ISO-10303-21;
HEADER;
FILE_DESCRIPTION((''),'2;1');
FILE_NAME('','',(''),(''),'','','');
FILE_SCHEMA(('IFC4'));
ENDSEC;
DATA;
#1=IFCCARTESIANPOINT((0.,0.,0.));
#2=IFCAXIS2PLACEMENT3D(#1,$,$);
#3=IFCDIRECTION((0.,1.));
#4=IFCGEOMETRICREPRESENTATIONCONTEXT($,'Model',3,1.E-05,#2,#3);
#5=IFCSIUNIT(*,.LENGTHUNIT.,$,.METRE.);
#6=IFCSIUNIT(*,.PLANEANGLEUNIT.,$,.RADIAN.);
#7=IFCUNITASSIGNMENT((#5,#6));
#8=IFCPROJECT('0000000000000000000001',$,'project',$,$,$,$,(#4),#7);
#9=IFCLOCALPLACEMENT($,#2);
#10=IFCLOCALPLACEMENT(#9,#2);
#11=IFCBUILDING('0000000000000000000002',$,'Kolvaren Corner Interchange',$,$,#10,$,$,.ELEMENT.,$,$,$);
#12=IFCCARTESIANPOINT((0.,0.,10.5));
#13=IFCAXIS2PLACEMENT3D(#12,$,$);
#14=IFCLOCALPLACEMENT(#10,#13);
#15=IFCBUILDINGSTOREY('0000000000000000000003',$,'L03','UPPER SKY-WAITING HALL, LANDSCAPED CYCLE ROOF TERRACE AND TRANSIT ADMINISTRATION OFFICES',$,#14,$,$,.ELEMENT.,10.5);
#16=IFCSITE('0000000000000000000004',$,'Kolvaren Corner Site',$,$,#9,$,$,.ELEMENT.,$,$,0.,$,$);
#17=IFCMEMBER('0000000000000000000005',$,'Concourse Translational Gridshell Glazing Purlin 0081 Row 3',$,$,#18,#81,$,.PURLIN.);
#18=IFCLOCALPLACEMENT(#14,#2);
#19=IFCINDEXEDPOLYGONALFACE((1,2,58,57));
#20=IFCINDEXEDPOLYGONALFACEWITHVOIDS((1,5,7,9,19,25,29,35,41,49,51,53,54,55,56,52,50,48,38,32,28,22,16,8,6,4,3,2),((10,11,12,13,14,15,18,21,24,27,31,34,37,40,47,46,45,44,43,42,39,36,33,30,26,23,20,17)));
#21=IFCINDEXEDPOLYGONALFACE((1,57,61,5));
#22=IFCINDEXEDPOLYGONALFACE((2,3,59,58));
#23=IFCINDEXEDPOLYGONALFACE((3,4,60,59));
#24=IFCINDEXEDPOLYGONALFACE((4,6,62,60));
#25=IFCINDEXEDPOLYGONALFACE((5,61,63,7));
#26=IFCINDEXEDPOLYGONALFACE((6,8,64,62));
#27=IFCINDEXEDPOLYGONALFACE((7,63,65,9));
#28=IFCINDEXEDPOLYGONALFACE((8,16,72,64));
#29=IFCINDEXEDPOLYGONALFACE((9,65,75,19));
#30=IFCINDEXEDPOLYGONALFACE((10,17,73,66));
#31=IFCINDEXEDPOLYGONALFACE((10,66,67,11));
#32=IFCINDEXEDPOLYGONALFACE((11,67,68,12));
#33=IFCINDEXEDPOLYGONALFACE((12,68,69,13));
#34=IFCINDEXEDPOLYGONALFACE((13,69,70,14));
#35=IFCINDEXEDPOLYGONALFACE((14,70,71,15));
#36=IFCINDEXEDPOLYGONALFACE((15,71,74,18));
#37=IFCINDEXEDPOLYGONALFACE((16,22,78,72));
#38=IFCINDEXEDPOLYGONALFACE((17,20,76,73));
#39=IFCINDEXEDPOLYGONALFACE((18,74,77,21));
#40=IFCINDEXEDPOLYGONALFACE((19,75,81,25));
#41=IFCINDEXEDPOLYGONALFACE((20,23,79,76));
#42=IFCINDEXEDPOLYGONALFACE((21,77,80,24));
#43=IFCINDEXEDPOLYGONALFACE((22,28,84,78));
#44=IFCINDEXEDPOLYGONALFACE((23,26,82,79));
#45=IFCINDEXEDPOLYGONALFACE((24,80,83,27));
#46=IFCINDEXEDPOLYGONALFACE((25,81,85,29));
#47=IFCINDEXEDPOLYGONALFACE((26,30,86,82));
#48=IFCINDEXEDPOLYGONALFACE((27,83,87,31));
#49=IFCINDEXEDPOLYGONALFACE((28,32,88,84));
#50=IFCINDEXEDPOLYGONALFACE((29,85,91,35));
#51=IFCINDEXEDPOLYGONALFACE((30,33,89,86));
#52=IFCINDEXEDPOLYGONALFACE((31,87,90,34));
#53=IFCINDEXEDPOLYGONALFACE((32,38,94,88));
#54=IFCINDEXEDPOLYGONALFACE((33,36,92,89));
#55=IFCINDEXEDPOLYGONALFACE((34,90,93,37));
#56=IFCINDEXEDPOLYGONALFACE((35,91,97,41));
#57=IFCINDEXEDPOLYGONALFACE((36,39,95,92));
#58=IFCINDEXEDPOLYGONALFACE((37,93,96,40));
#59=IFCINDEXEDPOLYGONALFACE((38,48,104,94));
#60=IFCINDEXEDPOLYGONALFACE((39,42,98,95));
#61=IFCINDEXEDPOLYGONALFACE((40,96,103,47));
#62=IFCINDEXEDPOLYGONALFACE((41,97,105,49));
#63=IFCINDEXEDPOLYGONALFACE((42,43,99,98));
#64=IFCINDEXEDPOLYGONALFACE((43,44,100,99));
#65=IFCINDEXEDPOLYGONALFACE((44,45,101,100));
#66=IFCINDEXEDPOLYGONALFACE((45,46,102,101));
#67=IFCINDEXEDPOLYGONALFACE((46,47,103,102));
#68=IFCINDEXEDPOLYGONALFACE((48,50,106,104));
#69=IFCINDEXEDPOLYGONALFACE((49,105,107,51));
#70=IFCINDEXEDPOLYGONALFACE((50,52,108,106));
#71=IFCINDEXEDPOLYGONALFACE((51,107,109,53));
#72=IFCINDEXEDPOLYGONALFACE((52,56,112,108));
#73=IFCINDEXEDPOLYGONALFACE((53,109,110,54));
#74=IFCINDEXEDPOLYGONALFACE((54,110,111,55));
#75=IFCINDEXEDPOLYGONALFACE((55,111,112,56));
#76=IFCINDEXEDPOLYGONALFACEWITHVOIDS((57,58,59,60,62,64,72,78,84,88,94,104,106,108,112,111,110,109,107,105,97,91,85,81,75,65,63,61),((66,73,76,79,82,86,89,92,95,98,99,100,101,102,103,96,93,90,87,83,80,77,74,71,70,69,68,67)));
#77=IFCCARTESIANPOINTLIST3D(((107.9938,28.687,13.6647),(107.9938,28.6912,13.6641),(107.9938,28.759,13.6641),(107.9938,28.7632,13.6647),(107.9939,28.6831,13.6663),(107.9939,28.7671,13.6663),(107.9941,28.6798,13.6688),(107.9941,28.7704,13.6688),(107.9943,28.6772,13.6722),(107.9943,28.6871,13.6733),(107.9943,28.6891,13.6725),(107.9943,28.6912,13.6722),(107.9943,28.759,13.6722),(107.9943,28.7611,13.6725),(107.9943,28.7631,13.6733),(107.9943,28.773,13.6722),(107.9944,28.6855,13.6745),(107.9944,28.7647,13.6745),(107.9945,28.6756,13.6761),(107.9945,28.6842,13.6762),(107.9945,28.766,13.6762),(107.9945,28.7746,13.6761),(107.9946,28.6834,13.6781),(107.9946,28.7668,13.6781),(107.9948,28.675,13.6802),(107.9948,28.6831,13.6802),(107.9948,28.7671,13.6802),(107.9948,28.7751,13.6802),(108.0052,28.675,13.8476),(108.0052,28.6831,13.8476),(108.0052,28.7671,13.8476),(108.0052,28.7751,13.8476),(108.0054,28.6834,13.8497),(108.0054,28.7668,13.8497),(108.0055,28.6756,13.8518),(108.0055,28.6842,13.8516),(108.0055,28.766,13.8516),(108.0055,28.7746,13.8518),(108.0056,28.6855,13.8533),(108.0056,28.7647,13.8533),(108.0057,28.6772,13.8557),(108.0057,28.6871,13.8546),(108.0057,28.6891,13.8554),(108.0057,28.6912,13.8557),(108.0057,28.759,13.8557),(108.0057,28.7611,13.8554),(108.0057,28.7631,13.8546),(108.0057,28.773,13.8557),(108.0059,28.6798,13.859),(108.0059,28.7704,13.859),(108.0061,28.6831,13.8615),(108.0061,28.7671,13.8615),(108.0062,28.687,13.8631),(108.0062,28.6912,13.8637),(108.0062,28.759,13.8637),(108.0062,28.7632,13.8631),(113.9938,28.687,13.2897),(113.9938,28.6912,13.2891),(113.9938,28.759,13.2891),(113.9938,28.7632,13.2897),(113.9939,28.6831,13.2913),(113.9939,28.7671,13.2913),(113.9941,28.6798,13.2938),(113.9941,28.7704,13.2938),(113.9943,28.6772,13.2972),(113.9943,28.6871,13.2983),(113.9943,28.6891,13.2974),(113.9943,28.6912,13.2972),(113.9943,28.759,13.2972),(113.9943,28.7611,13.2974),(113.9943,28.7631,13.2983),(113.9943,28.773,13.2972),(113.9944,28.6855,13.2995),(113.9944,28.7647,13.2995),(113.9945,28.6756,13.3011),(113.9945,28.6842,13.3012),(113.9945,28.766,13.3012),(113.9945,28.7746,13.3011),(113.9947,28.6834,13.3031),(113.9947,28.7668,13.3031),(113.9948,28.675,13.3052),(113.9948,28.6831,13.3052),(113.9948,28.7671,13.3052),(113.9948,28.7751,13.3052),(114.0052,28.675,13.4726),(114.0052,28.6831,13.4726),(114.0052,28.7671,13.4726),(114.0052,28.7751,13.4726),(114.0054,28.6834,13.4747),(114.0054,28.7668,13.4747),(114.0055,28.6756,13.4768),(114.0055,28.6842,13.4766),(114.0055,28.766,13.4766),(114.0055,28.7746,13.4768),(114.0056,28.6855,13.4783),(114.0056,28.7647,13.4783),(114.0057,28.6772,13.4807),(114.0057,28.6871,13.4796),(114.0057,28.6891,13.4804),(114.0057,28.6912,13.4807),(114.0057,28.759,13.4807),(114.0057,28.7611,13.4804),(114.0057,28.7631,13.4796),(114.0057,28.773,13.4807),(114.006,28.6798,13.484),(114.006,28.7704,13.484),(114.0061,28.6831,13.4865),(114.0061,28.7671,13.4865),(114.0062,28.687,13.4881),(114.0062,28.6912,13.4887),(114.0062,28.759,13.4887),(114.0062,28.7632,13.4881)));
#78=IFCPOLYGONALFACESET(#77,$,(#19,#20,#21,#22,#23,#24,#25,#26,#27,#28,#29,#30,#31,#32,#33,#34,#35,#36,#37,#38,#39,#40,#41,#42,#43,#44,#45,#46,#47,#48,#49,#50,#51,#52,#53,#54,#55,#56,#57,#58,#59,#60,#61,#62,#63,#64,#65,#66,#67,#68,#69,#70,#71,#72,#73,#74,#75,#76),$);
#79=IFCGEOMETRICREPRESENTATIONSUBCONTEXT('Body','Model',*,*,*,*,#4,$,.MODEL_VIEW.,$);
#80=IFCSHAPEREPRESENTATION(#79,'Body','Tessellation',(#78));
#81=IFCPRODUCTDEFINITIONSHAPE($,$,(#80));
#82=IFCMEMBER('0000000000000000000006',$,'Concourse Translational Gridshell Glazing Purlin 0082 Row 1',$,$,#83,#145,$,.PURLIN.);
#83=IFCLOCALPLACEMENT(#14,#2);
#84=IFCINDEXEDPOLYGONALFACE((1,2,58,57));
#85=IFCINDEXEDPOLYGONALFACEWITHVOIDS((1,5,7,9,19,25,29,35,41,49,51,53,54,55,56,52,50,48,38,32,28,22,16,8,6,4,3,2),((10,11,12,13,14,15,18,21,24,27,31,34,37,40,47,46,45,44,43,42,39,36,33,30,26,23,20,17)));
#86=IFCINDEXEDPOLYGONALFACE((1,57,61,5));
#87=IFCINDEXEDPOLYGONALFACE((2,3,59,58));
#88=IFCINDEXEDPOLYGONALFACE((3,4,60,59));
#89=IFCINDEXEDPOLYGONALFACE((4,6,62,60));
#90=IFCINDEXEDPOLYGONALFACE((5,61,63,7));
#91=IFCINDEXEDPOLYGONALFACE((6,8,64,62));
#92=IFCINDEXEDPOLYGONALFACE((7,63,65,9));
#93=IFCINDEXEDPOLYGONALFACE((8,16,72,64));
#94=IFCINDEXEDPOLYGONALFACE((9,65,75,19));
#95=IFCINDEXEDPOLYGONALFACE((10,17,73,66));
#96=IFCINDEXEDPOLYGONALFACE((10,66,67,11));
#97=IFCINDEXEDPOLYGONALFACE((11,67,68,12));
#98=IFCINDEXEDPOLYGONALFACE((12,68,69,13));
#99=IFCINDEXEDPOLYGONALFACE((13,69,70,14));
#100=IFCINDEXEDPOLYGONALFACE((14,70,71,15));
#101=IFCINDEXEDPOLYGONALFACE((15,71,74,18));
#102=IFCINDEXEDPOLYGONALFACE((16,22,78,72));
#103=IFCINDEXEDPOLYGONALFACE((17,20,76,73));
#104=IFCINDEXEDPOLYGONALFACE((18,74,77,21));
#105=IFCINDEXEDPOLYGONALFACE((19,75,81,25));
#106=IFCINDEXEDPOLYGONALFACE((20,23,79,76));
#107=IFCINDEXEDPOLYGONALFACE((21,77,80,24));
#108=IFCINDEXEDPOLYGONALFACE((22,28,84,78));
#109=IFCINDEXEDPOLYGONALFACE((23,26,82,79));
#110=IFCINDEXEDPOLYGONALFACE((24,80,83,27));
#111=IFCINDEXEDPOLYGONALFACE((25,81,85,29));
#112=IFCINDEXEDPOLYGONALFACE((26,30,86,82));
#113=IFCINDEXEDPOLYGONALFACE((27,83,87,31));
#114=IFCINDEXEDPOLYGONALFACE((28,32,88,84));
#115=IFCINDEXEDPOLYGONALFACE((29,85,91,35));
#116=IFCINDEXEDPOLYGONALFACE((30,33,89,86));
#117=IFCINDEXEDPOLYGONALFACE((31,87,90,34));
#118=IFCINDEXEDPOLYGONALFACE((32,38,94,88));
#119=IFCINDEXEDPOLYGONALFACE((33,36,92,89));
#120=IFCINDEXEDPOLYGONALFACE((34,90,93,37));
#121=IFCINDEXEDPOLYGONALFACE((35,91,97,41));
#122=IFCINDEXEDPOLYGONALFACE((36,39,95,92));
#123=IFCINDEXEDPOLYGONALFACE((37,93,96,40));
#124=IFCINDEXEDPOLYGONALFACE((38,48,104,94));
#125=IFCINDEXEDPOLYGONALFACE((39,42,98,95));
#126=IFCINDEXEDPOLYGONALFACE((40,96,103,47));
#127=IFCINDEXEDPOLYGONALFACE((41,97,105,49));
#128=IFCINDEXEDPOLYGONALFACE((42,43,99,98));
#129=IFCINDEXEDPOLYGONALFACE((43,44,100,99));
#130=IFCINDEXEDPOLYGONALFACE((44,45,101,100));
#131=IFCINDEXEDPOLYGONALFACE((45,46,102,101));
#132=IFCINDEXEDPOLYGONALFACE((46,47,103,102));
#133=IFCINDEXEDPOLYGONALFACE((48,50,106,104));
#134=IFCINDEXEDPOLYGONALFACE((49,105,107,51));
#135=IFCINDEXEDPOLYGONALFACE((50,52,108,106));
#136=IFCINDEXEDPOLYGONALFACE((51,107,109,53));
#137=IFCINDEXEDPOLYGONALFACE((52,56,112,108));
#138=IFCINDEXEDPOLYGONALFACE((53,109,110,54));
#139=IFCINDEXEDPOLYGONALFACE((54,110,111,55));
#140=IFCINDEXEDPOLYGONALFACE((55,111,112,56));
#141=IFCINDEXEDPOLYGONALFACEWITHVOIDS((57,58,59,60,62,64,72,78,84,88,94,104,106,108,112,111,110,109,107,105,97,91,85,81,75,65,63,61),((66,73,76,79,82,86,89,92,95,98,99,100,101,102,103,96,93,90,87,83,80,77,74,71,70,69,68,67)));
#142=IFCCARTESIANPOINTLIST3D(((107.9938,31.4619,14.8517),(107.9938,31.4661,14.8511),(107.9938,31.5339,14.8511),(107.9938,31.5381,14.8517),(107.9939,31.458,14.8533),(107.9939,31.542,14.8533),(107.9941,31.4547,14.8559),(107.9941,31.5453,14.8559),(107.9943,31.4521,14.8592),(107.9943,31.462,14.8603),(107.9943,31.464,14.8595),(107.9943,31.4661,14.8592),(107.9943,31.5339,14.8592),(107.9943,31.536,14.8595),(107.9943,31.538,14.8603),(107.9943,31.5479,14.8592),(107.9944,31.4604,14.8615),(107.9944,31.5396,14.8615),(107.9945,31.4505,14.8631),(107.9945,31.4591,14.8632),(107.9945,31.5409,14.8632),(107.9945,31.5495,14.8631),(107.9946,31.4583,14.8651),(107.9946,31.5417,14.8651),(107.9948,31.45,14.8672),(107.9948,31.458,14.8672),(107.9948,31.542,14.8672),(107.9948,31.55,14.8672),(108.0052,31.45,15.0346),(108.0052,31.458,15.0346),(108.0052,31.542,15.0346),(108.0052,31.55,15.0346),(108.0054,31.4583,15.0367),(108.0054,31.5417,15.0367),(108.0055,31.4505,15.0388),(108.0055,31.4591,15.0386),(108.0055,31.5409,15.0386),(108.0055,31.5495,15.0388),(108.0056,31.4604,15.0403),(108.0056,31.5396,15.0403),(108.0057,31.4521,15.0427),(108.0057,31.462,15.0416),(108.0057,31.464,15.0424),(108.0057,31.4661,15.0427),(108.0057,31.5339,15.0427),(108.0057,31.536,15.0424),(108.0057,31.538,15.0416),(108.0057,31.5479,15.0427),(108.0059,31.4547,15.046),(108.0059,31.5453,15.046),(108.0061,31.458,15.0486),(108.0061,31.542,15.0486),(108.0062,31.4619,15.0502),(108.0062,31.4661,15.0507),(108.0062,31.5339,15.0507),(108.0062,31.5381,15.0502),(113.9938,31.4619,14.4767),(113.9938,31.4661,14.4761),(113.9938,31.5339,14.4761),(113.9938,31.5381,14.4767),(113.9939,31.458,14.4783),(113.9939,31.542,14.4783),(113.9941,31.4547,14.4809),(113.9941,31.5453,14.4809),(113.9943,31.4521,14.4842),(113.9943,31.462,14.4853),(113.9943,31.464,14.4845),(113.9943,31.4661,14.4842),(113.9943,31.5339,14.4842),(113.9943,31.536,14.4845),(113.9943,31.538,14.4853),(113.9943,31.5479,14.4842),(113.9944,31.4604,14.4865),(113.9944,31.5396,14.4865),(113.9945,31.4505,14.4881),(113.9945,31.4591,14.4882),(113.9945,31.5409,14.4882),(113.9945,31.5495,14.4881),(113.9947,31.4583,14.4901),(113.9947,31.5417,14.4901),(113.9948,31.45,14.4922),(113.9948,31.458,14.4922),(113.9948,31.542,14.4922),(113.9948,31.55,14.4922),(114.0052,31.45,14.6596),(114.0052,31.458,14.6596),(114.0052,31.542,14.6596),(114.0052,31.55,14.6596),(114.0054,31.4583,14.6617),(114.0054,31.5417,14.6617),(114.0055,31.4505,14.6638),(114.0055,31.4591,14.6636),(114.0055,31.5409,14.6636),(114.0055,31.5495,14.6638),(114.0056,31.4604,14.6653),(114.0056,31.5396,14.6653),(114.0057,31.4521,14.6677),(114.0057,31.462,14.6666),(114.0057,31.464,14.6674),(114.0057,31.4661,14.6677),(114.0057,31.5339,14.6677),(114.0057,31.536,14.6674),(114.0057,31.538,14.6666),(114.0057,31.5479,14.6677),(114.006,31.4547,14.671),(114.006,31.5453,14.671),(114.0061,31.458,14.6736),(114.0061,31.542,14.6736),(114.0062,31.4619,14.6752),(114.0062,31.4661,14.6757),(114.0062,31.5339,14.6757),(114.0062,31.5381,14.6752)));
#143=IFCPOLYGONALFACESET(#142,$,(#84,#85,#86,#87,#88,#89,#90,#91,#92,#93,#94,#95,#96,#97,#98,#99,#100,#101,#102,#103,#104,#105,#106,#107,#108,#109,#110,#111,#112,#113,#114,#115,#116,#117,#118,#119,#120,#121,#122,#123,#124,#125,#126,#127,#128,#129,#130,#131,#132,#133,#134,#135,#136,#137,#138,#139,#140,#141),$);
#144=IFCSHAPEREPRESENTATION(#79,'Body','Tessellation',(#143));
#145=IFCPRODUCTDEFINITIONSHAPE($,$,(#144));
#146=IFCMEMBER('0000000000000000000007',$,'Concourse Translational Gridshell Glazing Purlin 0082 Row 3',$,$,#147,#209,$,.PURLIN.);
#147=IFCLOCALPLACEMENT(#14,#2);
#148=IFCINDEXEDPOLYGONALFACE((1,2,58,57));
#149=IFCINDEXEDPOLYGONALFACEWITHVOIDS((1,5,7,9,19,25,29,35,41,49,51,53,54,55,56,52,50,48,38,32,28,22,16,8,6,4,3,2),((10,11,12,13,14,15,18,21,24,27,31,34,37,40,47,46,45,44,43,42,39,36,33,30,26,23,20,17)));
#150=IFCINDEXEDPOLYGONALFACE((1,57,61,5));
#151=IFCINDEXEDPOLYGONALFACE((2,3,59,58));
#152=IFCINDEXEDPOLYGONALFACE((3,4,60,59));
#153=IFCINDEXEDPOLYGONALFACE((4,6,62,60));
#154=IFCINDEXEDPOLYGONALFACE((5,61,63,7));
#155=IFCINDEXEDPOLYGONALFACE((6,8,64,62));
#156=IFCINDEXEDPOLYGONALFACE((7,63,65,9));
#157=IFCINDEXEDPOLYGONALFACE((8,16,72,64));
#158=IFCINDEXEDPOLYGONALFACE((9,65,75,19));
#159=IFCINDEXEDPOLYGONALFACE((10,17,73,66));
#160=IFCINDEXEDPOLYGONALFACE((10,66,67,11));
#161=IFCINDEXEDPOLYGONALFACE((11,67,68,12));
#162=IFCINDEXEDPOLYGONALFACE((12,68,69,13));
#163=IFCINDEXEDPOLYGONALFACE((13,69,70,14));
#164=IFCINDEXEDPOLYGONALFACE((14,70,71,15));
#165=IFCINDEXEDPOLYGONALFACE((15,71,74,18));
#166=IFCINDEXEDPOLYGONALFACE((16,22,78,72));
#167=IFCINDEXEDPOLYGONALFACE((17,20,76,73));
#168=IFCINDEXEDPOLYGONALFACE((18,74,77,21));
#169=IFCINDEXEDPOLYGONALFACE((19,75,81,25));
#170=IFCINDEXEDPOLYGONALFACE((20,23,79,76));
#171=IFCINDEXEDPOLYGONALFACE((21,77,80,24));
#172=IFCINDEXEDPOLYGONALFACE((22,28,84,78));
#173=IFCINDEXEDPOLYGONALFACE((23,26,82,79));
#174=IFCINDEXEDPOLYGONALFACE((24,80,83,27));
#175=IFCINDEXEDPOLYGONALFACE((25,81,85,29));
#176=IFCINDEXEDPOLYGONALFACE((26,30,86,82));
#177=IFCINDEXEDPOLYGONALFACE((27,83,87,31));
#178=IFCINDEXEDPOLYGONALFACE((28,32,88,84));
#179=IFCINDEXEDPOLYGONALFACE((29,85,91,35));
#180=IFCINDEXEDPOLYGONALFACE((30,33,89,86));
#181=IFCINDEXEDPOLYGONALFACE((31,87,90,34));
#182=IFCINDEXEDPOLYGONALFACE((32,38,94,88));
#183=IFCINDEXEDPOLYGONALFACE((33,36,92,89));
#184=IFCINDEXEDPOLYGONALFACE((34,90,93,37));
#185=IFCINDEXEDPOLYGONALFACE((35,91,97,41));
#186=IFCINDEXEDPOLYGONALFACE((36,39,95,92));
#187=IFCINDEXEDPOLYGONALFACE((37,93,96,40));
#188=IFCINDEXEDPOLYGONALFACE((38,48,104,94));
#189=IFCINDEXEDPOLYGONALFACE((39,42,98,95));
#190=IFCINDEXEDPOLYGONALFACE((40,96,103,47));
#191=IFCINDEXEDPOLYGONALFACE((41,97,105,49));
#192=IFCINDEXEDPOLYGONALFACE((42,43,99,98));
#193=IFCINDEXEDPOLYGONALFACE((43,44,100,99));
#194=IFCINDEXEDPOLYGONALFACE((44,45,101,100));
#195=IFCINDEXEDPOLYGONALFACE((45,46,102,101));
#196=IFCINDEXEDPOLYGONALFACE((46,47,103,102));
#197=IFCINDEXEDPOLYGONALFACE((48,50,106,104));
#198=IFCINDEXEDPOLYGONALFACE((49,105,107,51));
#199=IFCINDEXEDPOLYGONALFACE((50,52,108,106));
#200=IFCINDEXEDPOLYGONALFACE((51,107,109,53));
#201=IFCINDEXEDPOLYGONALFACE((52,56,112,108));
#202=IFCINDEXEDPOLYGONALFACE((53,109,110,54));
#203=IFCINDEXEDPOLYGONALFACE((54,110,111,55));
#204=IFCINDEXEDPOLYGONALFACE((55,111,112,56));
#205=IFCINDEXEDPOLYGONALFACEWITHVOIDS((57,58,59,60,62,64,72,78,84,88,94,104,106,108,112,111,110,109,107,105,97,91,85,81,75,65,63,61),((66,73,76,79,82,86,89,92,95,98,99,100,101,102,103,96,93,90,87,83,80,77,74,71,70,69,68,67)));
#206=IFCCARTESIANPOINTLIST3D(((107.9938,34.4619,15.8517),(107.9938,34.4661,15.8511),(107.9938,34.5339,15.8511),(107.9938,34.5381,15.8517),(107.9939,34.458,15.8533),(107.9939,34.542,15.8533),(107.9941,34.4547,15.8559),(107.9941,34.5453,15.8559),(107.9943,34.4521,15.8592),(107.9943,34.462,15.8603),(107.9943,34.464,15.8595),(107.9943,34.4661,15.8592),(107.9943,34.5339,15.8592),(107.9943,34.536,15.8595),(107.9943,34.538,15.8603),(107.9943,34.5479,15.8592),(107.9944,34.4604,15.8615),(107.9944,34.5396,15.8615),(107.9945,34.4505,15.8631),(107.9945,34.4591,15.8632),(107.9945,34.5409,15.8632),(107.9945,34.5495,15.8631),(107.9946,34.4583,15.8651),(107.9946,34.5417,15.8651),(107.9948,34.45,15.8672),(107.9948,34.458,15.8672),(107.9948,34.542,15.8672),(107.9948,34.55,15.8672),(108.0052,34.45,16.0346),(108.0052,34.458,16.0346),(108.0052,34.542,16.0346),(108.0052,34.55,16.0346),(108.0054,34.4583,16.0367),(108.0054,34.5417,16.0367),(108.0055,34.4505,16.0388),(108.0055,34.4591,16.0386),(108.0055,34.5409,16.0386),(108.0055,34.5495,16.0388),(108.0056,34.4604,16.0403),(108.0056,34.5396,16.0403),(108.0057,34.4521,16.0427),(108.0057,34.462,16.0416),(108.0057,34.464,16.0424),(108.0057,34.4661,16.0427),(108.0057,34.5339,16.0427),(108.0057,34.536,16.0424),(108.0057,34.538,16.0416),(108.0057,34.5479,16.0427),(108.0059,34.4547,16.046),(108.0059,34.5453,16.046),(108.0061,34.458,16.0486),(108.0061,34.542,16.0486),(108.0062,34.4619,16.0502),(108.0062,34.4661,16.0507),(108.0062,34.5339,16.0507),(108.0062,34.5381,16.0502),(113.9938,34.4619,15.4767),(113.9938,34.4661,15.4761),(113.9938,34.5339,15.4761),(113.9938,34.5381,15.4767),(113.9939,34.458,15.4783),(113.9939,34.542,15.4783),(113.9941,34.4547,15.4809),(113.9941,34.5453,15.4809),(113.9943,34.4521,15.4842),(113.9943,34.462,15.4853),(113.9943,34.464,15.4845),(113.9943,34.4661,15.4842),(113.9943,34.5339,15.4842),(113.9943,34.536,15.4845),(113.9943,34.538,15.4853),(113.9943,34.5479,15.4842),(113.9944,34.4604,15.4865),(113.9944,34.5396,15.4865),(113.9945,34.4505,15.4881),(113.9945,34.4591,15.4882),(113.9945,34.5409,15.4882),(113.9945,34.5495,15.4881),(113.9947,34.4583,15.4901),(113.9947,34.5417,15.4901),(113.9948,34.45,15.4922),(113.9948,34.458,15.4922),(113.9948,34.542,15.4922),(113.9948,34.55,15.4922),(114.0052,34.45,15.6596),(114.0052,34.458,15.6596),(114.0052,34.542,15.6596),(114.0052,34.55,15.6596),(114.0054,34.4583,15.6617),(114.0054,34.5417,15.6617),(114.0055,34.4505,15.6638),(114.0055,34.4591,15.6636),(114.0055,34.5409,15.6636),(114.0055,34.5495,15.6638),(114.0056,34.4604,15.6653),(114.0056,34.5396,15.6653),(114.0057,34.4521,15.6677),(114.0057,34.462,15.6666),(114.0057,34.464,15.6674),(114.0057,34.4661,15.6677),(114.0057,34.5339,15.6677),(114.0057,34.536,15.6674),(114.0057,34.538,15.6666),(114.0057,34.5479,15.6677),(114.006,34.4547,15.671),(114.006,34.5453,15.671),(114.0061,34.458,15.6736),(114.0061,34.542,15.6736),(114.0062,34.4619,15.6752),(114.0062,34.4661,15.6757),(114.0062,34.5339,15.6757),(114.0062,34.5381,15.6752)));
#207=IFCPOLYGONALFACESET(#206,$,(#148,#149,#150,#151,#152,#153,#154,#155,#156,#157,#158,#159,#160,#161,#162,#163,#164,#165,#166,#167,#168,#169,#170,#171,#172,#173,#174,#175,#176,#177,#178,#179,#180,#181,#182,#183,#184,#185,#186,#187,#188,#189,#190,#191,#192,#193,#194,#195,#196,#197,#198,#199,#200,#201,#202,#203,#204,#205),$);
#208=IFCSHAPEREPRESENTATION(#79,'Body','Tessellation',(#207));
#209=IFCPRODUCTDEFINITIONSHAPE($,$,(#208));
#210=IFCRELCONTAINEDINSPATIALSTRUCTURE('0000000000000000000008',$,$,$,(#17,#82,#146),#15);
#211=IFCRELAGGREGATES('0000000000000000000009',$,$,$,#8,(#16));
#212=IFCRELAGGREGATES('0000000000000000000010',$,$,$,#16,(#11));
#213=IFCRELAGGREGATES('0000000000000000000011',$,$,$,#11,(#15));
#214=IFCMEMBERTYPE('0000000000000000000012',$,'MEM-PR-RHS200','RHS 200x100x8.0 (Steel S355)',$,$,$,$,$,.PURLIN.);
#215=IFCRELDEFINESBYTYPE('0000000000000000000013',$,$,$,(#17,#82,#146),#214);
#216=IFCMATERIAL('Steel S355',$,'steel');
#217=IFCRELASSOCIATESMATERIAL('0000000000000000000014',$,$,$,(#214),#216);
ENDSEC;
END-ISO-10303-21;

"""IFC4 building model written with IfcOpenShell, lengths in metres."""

from ifc_helpers import new_model, si_unit, direction, frame, origin, origin_2d, place, context, subcontext, project, spatial, hollow_rectangle, extrude, material, material_profile, profile_set, type_object, element, save


model = new_model("IFC4")

# Units and contexts
model_context = context("Model", 3, precision=1e-05, world=origin(), true_north=direction((0.0, 1.0)))
body_context = subcontext(model_context, "Body", "Model", "MODEL_VIEW")
ifc_project = project(units=[si_unit("LENGTHUNIT", "METRE"), si_unit("PLANEANGLEUNIT", "RADIAN")], contexts=[model_context])

# Site, building, storey
site_placement = place(None, origin())
site = spatial("IfcSite", under=ifc_project, at=site_placement, Name="Kolvaren Corner Site", CompositionType="ELEMENT", RefElevation=0.0)
building_placement = place(site_placement, origin())
building = spatial("IfcBuilding", under=site, at=building_placement, Name="Kolvaren Corner Interchange", CompositionType="ELEMENT")
storey_placement = place(building_placement, frame((0.0, 0.0, 10.5)))
storey = spatial("IfcBuildingStorey", under=building, at=storey_placement, Name="L03", Description="UPPER SKY-WAITING HALL, LANDSCAPED CYCLE ROOF TERRACE AND TRANSIT ADMINISTRATION OFFICES", CompositionType="ELEMENT", Elevation=10.5)

# Members
ifc_material_1 = material(Name="Steel S355", Category="steel")
ifc_material_profile_1 = material_profile(ifc_material_1, hollow_rectangle(XDim=0.1001, YDim=0.2, WallThickness=0.0081, InnerFilletRadius=0.0081, OuterFilletRadius=0.0161, at=origin_2d()), Name="RHS 200x100x8.0")
ifc_profile_set_1 = profile_set([ifc_material_profile_1], Name="Steel S355")
member_type_1 = type_object("IfcMemberType", Name="MEM-PR-RHS200", Description="RHS 200x100x8.0 (Steel S355)", PredefinedType="PURLIN", material=ifc_profile_set_1)
for number, where, z_axis, x_axis, name in (
    (1, (108.0, 28.7251, 13.7639), (0.998053, 0.0, -0.062378), (0.0, 1.0, 0.0), "Concourse Translational Gridshell Glazing Purlin 0081 Row 3"),
    (2, (108.0, 31.5, 14.9509), (0.998053, 0.0, -0.062378), (0.0, 1.0, 0.0), "Concourse Translational Gridshell Glazing Purlin 0082 Row 1"),
    (3, (108.0, 34.5, 15.9509), (0.998053, 0.0, -0.062378), (0.0, 1.0, 0.0), "Concourse Translational Gridshell Glazing Purlin 0082 Row 3"),
):
    element("IfcMember", number, at=place(storey_placement, frame(where, z_axis=z_axis, x_axis=x_axis)), inside=storey, type_object=member_type_1, Name=name, PredefinedType="PURLIN", context=body_context, shape_type="SweptSolid", body=[
        extrude(hollow_rectangle(XDim=0.1001, YDim=0.2, WallThickness=0.0081, InnerFilletRadius=0.0081, OuterFilletRadius=0.0161, at=origin_2d()), origin(), (0.0, 0.0, 1.0), 6.0117),
    ])

save(model, "model.ifc")
